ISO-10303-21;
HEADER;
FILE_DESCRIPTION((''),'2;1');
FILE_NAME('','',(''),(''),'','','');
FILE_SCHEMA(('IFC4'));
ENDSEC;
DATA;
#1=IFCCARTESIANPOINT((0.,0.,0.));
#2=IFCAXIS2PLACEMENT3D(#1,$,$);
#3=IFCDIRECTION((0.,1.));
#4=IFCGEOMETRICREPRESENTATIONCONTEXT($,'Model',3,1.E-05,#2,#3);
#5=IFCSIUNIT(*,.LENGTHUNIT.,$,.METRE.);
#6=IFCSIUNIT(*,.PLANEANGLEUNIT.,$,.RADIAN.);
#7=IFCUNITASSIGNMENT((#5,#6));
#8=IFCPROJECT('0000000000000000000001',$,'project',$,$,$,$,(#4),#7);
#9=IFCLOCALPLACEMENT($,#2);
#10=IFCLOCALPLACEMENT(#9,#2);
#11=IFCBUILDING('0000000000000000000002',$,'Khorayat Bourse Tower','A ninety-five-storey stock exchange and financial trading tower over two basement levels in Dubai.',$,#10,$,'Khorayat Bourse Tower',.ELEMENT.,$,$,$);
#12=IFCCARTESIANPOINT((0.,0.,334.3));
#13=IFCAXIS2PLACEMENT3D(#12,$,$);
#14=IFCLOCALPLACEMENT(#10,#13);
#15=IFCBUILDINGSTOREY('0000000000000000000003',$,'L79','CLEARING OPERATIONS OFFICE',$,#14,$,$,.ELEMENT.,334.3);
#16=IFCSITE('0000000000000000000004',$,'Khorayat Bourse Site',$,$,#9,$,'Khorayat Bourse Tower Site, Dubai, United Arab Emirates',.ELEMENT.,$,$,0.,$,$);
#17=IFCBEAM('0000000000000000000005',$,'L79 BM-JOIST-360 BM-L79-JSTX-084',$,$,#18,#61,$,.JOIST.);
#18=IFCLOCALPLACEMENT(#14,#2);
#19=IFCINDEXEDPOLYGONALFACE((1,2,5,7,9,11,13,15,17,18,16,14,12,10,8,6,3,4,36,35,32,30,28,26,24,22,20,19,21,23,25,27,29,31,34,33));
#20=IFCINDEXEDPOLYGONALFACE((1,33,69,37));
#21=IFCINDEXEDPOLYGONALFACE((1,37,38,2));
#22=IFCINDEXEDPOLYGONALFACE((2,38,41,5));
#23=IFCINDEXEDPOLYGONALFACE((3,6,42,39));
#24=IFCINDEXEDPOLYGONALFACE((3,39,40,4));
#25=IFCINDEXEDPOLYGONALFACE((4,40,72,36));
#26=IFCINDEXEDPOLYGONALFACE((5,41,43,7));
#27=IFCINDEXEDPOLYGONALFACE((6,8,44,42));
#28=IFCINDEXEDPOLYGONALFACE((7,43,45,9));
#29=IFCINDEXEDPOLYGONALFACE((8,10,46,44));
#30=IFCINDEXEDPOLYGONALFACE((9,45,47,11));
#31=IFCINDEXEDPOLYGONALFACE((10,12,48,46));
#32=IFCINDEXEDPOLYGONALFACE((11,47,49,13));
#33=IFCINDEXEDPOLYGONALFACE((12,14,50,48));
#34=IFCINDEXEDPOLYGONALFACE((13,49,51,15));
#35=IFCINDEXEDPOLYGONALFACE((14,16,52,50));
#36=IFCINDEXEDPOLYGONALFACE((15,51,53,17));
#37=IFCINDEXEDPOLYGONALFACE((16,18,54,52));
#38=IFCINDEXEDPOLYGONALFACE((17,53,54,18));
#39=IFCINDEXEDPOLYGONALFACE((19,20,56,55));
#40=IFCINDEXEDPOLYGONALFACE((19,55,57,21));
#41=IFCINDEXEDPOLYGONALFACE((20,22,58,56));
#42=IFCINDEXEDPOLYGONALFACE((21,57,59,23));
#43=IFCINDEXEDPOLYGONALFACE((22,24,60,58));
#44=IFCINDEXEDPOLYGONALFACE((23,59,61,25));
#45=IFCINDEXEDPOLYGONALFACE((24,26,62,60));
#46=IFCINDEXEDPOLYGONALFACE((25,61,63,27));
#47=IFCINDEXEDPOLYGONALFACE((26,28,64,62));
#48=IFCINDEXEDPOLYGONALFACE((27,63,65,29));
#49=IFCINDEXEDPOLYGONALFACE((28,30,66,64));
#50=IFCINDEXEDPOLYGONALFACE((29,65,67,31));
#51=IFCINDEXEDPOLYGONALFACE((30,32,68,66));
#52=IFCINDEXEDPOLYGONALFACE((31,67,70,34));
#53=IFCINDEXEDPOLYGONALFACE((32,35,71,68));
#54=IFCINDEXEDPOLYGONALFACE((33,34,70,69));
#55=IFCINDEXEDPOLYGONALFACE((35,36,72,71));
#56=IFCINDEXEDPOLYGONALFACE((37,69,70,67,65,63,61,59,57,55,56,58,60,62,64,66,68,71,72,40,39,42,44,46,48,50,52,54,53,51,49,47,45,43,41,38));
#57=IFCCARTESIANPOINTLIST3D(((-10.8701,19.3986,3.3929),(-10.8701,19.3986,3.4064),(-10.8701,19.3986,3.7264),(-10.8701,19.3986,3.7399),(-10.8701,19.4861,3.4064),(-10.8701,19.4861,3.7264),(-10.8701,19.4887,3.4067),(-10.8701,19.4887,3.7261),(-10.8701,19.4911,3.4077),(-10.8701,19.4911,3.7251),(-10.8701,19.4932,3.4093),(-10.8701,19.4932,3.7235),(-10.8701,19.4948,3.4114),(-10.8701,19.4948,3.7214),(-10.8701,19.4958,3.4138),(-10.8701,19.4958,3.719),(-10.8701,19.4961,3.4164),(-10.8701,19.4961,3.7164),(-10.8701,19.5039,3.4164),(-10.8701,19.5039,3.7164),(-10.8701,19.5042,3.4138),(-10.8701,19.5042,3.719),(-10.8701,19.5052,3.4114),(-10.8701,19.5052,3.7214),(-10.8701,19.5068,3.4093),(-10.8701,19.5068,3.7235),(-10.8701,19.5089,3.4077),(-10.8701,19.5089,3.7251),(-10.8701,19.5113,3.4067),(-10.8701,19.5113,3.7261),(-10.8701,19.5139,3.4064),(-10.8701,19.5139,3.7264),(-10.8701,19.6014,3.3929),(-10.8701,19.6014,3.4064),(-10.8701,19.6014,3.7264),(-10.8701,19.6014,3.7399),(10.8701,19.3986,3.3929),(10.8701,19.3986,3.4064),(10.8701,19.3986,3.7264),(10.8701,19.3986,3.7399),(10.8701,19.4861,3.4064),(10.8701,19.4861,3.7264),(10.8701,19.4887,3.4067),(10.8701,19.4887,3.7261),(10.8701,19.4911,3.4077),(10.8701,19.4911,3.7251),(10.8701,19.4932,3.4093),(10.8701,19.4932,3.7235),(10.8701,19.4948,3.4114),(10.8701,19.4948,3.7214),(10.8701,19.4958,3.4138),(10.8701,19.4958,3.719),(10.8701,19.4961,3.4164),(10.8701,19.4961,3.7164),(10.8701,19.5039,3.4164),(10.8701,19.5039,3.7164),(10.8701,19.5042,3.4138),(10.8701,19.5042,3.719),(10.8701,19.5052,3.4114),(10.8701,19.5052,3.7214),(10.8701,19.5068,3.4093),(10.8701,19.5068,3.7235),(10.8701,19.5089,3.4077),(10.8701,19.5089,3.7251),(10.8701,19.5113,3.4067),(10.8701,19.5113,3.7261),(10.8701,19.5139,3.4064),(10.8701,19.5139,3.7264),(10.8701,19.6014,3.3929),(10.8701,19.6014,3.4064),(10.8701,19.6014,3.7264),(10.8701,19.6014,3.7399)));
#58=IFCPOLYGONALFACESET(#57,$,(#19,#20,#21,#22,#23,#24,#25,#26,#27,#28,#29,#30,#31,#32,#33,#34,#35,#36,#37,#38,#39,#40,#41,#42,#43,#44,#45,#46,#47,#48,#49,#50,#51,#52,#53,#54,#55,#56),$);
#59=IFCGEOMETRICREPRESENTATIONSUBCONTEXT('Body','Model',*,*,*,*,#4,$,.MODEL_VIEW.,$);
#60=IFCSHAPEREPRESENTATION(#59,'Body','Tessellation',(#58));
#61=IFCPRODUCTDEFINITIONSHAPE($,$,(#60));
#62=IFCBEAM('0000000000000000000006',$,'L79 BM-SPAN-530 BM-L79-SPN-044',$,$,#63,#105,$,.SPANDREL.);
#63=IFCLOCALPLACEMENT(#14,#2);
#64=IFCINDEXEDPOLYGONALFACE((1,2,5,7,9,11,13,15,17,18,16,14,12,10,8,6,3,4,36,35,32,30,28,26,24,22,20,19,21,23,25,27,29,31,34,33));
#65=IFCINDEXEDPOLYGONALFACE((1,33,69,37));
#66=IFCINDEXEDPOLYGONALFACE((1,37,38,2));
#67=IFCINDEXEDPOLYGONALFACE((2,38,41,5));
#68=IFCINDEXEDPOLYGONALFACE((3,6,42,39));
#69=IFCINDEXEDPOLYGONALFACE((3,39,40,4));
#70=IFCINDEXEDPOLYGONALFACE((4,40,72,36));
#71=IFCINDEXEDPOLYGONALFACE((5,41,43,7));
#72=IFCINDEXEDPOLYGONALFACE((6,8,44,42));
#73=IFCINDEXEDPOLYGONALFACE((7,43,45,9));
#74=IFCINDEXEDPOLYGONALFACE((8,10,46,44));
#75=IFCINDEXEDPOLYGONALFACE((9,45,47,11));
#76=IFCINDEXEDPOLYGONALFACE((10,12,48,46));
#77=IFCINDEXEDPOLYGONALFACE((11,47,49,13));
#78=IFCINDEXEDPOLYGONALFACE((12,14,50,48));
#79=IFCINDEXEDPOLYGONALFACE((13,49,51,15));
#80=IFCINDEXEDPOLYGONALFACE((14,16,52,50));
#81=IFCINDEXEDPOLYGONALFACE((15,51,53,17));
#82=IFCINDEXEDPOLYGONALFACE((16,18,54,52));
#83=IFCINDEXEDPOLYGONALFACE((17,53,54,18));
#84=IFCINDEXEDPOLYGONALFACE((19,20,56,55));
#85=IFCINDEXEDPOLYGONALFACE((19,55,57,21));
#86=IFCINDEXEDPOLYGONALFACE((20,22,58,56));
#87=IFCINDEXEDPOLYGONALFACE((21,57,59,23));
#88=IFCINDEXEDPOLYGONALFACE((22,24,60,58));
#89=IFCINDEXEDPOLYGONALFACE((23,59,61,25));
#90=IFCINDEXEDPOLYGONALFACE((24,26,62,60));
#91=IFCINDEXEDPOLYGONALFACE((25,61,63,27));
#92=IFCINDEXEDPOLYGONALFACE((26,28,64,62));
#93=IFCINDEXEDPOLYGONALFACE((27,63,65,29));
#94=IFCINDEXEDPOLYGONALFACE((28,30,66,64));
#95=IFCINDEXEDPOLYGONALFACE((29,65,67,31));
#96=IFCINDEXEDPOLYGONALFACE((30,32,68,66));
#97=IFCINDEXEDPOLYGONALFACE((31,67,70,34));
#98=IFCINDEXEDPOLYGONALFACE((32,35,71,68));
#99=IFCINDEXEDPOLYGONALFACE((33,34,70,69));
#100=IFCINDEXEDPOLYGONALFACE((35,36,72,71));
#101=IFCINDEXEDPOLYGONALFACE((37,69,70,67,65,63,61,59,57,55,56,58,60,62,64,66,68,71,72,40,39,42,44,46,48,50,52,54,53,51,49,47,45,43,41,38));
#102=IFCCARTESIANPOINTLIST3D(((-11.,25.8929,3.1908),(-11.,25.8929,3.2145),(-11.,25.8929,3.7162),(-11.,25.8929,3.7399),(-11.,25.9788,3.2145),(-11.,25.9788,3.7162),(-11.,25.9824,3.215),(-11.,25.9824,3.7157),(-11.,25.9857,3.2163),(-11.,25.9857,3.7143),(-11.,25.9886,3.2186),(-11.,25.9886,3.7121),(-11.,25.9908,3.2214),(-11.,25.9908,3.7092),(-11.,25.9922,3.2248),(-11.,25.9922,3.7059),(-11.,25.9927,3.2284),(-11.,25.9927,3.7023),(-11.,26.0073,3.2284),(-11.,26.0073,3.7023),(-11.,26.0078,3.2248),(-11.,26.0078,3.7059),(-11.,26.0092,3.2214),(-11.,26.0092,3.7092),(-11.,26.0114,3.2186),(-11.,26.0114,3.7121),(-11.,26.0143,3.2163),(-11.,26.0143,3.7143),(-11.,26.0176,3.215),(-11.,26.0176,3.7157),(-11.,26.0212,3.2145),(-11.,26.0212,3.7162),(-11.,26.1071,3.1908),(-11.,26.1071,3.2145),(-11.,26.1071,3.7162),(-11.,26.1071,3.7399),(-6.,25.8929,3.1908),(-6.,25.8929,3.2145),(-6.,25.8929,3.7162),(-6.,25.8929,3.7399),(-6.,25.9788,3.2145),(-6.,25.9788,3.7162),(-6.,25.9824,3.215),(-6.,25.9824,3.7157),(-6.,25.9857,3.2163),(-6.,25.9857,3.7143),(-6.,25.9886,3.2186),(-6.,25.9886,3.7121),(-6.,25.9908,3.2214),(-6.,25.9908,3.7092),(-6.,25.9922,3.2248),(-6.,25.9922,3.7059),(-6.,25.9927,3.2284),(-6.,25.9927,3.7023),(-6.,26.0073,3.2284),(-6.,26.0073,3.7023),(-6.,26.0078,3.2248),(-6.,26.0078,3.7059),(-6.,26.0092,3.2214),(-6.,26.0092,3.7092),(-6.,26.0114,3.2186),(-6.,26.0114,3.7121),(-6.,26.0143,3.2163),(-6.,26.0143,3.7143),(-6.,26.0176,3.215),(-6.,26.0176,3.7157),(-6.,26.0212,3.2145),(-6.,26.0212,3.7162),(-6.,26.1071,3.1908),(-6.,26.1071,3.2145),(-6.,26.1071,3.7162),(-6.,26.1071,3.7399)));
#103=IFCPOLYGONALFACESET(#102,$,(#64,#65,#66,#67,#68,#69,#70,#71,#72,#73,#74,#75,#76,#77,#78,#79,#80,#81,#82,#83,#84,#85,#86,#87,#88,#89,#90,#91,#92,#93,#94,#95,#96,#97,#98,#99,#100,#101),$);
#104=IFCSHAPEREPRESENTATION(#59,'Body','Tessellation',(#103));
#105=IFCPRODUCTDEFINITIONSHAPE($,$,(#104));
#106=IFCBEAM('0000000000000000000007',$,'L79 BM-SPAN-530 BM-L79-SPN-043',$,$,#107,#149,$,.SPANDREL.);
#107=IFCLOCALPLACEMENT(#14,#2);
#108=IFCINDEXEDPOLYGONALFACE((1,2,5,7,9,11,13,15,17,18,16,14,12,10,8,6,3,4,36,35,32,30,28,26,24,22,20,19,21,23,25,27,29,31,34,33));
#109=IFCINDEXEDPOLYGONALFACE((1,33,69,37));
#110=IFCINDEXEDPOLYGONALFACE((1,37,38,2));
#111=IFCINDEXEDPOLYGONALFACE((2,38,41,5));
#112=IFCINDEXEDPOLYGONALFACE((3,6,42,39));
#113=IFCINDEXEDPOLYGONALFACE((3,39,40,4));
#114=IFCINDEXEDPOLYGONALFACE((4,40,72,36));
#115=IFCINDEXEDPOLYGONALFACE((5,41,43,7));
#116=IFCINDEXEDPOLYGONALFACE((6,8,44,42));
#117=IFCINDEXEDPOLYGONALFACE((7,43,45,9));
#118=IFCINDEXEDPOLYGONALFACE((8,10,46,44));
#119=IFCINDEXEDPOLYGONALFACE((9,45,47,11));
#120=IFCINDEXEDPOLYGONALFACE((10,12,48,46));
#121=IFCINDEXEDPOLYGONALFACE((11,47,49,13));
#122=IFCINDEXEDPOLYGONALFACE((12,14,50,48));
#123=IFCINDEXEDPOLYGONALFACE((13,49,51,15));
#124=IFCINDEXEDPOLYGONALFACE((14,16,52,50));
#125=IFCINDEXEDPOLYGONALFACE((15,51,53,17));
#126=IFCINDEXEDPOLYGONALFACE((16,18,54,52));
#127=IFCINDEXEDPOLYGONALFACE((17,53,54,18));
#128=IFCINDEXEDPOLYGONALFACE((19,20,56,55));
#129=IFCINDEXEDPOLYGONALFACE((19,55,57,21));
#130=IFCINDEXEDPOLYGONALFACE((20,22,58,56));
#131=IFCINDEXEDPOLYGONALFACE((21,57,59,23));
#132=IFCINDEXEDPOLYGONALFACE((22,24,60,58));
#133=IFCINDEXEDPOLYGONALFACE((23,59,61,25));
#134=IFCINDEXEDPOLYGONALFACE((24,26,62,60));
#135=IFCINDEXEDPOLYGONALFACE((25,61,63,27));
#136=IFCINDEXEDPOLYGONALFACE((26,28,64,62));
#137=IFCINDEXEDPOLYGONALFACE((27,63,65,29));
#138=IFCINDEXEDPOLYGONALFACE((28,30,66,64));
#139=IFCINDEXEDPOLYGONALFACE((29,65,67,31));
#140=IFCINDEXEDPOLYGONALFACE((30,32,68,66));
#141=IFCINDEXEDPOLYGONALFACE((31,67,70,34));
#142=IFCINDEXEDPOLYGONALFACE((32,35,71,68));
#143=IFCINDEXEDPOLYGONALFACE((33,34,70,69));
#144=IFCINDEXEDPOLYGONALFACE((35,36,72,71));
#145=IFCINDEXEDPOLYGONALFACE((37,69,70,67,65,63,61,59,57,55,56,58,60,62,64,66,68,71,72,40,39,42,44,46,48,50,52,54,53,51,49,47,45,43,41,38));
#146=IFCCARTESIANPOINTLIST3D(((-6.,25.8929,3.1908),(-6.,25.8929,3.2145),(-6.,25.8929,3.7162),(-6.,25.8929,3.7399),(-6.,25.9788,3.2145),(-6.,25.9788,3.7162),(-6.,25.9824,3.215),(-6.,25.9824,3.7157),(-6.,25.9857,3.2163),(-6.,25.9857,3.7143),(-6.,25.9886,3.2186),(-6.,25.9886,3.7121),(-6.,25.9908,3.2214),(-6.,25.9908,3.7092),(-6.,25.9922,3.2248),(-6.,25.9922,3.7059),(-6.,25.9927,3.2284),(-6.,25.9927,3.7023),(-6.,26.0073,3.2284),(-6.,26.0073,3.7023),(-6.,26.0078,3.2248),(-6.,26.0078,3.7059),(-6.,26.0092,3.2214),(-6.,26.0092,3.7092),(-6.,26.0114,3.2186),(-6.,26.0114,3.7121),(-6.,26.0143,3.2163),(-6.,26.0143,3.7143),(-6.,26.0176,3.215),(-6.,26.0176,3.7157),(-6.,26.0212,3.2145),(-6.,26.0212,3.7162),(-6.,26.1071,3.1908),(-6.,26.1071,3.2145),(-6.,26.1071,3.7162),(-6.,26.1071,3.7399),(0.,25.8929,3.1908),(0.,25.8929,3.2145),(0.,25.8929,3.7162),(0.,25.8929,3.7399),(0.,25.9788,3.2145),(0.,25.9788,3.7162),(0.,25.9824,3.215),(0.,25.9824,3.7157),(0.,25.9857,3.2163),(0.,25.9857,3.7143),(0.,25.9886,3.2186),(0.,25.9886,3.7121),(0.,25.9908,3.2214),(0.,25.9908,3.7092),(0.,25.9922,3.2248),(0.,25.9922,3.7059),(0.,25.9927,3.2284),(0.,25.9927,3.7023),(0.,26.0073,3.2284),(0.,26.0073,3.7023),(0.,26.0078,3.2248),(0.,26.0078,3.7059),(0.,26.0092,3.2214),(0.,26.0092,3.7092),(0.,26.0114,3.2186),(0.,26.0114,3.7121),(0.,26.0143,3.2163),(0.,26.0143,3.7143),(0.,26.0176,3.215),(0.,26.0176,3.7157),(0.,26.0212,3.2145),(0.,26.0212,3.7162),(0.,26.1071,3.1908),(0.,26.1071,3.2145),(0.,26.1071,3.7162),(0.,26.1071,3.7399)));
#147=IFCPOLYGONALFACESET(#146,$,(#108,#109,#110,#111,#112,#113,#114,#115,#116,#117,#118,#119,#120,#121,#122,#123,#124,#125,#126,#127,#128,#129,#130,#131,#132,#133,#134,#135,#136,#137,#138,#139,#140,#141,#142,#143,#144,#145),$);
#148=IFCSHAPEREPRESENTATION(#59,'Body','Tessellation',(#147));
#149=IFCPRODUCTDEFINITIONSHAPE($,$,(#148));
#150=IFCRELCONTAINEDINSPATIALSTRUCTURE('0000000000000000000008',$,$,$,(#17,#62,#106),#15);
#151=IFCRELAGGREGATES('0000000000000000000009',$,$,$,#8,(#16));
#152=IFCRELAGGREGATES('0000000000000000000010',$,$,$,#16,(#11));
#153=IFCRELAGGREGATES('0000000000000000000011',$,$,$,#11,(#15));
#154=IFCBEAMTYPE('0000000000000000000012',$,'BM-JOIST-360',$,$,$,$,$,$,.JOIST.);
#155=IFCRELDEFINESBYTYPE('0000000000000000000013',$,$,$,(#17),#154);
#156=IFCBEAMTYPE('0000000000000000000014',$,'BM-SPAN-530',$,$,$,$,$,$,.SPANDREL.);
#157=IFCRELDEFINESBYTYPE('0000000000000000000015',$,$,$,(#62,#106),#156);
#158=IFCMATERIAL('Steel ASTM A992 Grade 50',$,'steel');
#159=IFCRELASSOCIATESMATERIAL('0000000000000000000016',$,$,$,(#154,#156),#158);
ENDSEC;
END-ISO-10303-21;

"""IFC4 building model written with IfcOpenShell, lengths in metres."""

from ifc_helpers import new_model, si_unit, direction, frame, origin, origin_2d, place, context, subcontext, project, spatial, i_section, extrude, source, transform, mapped, material, material_profile, profile_set, type_object, element, save


model = new_model("IFC4")

# Units and contexts
model_context = context("Model", 3, precision=1e-05, world=origin(), true_north=direction((0.0, 1.0)))
body_context = subcontext(model_context, "Body", "Model", "MODEL_VIEW")
ifc_project = project(units=[si_unit("LENGTHUNIT", "METRE"), si_unit("PLANEANGLEUNIT", "RADIAN")], contexts=[model_context])

# Site, building, storey
site_placement = place(None, origin())
site = spatial("IfcSite", under=ifc_project, at=site_placement, Name="Khorayat Bourse Site", LongName="Khorayat Bourse Tower Site, Dubai, United Arab Emirates", CompositionType="ELEMENT", RefElevation=0.0)
building_placement = place(site_placement, origin())
building = spatial("IfcBuilding", under=site, at=building_placement, Name="Khorayat Bourse Tower", Description="A ninety-five-storey stock exchange and financial trading tower over two basement levels in Dubai.", LongName="Khorayat Bourse Tower", CompositionType="ELEMENT")
storey_placement = place(building_placement, frame((0.0, 0.0, 334.3)))
storey = spatial("IfcBuildingStorey", under=building, at=storey_placement, Name="L79", Description="CLEARING OPERATIONS OFFICE", CompositionType="ELEMENT", Elevation=334.3)

# Beams
ifc_material_1 = material(Name="Steel ASTM A992 Grade 50", Category="steel")
ifc_material_profile_1 = material_profile(ifc_material_1, i_section(OverallWidth=0.2029, OverallDepth=0.3469, WebThickness=0.0078, FlangeThickness=0.0134, FilletRadius=0.01, at=origin_2d()), Name="W360X64")
ifc_profile_set_1 = profile_set([ifc_material_profile_1], Name="Steel ASTM A992 Grade 50")
beam_type_1 = type_object("IfcBeamType", Name="BM-JOIST-360", PredefinedType="JOIST", material=ifc_profile_set_1)
shared_shape_1 = source(origin(), body_context, "Body", "SweptSolid", [
    extrude(i_section(OverallWidth=0.2029, OverallDepth=0.3469, WebThickness=0.0078, FlangeThickness=0.0134, FilletRadius=0.01, at=origin_2d()), origin(), (0.0, 0.0, 1.0), 21.7402),
])
beam_1_placement = place(storey_placement, frame((-10.8701, 19.5, 3.5664), z_axis=(1.0, 0.0, 0.0), x_axis=(0.0, 1.0, 0.0)))
element("IfcBeam", 1, at=beam_1_placement, inside=storey, type_object=beam_type_1, Name="L79 BM-JOIST-360 BM-L79-JSTX-084", PredefinedType="JOIST", context=body_context, shape_type="MappedRepresentation", body=[
    mapped(shared_shape_1, transform((0.0, 0.0, 0.0), scale=1.0)),
])
ifc_material_profile_2 = material_profile(ifc_material_1, i_section(OverallWidth=0.2141, OverallDepth=0.5491, WebThickness=0.0146, FlangeThickness=0.0237, FilletRadius=0.0139, at=origin_2d()), Name="W530X138")
ifc_profile_set_2 = profile_set([ifc_material_profile_2], Name="Steel ASTM A992 Grade 50")
beam_type_2 = type_object("IfcBeamType", Name="BM-SPAN-530", PredefinedType="SPANDREL", material=ifc_profile_set_2)
shared_shape_2 = source(origin(), body_context, "Body", "SweptSolid", [
    extrude(i_section(OverallWidth=0.2141, OverallDepth=0.5491, WebThickness=0.0146, FlangeThickness=0.0237, FilletRadius=0.0139, at=origin_2d()), origin(), (0.0, 0.0, 1.0), 5.0),
])
beam_2_placement = place(storey_placement, frame((-11.0, 26.0, 3.4653), z_axis=(1.0, 0.0, 0.0), x_axis=(0.0, 1.0, 0.0)))
element("IfcBeam", 2, at=beam_2_placement, inside=storey, type_object=beam_type_2, Name="L79 BM-SPAN-530 BM-L79-SPN-044", PredefinedType="SPANDREL", context=body_context, shape_type="MappedRepresentation", body=[
    mapped(shared_shape_2, transform((0.0, 0.0, 0.0), scale=1.0)),
])
shared_shape_3 = source(origin(), body_context, "Body", "SweptSolid", [
    extrude(i_section(OverallWidth=0.2141, OverallDepth=0.5491, WebThickness=0.0146, FlangeThickness=0.0237, FilletRadius=0.0139, at=origin_2d()), origin(), (0.0, 0.0, 1.0), 6.0),
])
beam_3_placement = place(storey_placement, frame((-6.0, 26.0, 3.4653), z_axis=(1.0, 0.0, 0.0), x_axis=(0.0, 1.0, 0.0)))
element("IfcBeam", 3, at=beam_3_placement, inside=storey, type_object=beam_type_2, Name="L79 BM-SPAN-530 BM-L79-SPN-043", PredefinedType="SPANDREL", context=body_context, shape_type="MappedRepresentation", body=[
    mapped(shared_shape_3, transform((0.0, 0.0, 0.0), scale=1.0)),
])

save(model, "model.ifc")
